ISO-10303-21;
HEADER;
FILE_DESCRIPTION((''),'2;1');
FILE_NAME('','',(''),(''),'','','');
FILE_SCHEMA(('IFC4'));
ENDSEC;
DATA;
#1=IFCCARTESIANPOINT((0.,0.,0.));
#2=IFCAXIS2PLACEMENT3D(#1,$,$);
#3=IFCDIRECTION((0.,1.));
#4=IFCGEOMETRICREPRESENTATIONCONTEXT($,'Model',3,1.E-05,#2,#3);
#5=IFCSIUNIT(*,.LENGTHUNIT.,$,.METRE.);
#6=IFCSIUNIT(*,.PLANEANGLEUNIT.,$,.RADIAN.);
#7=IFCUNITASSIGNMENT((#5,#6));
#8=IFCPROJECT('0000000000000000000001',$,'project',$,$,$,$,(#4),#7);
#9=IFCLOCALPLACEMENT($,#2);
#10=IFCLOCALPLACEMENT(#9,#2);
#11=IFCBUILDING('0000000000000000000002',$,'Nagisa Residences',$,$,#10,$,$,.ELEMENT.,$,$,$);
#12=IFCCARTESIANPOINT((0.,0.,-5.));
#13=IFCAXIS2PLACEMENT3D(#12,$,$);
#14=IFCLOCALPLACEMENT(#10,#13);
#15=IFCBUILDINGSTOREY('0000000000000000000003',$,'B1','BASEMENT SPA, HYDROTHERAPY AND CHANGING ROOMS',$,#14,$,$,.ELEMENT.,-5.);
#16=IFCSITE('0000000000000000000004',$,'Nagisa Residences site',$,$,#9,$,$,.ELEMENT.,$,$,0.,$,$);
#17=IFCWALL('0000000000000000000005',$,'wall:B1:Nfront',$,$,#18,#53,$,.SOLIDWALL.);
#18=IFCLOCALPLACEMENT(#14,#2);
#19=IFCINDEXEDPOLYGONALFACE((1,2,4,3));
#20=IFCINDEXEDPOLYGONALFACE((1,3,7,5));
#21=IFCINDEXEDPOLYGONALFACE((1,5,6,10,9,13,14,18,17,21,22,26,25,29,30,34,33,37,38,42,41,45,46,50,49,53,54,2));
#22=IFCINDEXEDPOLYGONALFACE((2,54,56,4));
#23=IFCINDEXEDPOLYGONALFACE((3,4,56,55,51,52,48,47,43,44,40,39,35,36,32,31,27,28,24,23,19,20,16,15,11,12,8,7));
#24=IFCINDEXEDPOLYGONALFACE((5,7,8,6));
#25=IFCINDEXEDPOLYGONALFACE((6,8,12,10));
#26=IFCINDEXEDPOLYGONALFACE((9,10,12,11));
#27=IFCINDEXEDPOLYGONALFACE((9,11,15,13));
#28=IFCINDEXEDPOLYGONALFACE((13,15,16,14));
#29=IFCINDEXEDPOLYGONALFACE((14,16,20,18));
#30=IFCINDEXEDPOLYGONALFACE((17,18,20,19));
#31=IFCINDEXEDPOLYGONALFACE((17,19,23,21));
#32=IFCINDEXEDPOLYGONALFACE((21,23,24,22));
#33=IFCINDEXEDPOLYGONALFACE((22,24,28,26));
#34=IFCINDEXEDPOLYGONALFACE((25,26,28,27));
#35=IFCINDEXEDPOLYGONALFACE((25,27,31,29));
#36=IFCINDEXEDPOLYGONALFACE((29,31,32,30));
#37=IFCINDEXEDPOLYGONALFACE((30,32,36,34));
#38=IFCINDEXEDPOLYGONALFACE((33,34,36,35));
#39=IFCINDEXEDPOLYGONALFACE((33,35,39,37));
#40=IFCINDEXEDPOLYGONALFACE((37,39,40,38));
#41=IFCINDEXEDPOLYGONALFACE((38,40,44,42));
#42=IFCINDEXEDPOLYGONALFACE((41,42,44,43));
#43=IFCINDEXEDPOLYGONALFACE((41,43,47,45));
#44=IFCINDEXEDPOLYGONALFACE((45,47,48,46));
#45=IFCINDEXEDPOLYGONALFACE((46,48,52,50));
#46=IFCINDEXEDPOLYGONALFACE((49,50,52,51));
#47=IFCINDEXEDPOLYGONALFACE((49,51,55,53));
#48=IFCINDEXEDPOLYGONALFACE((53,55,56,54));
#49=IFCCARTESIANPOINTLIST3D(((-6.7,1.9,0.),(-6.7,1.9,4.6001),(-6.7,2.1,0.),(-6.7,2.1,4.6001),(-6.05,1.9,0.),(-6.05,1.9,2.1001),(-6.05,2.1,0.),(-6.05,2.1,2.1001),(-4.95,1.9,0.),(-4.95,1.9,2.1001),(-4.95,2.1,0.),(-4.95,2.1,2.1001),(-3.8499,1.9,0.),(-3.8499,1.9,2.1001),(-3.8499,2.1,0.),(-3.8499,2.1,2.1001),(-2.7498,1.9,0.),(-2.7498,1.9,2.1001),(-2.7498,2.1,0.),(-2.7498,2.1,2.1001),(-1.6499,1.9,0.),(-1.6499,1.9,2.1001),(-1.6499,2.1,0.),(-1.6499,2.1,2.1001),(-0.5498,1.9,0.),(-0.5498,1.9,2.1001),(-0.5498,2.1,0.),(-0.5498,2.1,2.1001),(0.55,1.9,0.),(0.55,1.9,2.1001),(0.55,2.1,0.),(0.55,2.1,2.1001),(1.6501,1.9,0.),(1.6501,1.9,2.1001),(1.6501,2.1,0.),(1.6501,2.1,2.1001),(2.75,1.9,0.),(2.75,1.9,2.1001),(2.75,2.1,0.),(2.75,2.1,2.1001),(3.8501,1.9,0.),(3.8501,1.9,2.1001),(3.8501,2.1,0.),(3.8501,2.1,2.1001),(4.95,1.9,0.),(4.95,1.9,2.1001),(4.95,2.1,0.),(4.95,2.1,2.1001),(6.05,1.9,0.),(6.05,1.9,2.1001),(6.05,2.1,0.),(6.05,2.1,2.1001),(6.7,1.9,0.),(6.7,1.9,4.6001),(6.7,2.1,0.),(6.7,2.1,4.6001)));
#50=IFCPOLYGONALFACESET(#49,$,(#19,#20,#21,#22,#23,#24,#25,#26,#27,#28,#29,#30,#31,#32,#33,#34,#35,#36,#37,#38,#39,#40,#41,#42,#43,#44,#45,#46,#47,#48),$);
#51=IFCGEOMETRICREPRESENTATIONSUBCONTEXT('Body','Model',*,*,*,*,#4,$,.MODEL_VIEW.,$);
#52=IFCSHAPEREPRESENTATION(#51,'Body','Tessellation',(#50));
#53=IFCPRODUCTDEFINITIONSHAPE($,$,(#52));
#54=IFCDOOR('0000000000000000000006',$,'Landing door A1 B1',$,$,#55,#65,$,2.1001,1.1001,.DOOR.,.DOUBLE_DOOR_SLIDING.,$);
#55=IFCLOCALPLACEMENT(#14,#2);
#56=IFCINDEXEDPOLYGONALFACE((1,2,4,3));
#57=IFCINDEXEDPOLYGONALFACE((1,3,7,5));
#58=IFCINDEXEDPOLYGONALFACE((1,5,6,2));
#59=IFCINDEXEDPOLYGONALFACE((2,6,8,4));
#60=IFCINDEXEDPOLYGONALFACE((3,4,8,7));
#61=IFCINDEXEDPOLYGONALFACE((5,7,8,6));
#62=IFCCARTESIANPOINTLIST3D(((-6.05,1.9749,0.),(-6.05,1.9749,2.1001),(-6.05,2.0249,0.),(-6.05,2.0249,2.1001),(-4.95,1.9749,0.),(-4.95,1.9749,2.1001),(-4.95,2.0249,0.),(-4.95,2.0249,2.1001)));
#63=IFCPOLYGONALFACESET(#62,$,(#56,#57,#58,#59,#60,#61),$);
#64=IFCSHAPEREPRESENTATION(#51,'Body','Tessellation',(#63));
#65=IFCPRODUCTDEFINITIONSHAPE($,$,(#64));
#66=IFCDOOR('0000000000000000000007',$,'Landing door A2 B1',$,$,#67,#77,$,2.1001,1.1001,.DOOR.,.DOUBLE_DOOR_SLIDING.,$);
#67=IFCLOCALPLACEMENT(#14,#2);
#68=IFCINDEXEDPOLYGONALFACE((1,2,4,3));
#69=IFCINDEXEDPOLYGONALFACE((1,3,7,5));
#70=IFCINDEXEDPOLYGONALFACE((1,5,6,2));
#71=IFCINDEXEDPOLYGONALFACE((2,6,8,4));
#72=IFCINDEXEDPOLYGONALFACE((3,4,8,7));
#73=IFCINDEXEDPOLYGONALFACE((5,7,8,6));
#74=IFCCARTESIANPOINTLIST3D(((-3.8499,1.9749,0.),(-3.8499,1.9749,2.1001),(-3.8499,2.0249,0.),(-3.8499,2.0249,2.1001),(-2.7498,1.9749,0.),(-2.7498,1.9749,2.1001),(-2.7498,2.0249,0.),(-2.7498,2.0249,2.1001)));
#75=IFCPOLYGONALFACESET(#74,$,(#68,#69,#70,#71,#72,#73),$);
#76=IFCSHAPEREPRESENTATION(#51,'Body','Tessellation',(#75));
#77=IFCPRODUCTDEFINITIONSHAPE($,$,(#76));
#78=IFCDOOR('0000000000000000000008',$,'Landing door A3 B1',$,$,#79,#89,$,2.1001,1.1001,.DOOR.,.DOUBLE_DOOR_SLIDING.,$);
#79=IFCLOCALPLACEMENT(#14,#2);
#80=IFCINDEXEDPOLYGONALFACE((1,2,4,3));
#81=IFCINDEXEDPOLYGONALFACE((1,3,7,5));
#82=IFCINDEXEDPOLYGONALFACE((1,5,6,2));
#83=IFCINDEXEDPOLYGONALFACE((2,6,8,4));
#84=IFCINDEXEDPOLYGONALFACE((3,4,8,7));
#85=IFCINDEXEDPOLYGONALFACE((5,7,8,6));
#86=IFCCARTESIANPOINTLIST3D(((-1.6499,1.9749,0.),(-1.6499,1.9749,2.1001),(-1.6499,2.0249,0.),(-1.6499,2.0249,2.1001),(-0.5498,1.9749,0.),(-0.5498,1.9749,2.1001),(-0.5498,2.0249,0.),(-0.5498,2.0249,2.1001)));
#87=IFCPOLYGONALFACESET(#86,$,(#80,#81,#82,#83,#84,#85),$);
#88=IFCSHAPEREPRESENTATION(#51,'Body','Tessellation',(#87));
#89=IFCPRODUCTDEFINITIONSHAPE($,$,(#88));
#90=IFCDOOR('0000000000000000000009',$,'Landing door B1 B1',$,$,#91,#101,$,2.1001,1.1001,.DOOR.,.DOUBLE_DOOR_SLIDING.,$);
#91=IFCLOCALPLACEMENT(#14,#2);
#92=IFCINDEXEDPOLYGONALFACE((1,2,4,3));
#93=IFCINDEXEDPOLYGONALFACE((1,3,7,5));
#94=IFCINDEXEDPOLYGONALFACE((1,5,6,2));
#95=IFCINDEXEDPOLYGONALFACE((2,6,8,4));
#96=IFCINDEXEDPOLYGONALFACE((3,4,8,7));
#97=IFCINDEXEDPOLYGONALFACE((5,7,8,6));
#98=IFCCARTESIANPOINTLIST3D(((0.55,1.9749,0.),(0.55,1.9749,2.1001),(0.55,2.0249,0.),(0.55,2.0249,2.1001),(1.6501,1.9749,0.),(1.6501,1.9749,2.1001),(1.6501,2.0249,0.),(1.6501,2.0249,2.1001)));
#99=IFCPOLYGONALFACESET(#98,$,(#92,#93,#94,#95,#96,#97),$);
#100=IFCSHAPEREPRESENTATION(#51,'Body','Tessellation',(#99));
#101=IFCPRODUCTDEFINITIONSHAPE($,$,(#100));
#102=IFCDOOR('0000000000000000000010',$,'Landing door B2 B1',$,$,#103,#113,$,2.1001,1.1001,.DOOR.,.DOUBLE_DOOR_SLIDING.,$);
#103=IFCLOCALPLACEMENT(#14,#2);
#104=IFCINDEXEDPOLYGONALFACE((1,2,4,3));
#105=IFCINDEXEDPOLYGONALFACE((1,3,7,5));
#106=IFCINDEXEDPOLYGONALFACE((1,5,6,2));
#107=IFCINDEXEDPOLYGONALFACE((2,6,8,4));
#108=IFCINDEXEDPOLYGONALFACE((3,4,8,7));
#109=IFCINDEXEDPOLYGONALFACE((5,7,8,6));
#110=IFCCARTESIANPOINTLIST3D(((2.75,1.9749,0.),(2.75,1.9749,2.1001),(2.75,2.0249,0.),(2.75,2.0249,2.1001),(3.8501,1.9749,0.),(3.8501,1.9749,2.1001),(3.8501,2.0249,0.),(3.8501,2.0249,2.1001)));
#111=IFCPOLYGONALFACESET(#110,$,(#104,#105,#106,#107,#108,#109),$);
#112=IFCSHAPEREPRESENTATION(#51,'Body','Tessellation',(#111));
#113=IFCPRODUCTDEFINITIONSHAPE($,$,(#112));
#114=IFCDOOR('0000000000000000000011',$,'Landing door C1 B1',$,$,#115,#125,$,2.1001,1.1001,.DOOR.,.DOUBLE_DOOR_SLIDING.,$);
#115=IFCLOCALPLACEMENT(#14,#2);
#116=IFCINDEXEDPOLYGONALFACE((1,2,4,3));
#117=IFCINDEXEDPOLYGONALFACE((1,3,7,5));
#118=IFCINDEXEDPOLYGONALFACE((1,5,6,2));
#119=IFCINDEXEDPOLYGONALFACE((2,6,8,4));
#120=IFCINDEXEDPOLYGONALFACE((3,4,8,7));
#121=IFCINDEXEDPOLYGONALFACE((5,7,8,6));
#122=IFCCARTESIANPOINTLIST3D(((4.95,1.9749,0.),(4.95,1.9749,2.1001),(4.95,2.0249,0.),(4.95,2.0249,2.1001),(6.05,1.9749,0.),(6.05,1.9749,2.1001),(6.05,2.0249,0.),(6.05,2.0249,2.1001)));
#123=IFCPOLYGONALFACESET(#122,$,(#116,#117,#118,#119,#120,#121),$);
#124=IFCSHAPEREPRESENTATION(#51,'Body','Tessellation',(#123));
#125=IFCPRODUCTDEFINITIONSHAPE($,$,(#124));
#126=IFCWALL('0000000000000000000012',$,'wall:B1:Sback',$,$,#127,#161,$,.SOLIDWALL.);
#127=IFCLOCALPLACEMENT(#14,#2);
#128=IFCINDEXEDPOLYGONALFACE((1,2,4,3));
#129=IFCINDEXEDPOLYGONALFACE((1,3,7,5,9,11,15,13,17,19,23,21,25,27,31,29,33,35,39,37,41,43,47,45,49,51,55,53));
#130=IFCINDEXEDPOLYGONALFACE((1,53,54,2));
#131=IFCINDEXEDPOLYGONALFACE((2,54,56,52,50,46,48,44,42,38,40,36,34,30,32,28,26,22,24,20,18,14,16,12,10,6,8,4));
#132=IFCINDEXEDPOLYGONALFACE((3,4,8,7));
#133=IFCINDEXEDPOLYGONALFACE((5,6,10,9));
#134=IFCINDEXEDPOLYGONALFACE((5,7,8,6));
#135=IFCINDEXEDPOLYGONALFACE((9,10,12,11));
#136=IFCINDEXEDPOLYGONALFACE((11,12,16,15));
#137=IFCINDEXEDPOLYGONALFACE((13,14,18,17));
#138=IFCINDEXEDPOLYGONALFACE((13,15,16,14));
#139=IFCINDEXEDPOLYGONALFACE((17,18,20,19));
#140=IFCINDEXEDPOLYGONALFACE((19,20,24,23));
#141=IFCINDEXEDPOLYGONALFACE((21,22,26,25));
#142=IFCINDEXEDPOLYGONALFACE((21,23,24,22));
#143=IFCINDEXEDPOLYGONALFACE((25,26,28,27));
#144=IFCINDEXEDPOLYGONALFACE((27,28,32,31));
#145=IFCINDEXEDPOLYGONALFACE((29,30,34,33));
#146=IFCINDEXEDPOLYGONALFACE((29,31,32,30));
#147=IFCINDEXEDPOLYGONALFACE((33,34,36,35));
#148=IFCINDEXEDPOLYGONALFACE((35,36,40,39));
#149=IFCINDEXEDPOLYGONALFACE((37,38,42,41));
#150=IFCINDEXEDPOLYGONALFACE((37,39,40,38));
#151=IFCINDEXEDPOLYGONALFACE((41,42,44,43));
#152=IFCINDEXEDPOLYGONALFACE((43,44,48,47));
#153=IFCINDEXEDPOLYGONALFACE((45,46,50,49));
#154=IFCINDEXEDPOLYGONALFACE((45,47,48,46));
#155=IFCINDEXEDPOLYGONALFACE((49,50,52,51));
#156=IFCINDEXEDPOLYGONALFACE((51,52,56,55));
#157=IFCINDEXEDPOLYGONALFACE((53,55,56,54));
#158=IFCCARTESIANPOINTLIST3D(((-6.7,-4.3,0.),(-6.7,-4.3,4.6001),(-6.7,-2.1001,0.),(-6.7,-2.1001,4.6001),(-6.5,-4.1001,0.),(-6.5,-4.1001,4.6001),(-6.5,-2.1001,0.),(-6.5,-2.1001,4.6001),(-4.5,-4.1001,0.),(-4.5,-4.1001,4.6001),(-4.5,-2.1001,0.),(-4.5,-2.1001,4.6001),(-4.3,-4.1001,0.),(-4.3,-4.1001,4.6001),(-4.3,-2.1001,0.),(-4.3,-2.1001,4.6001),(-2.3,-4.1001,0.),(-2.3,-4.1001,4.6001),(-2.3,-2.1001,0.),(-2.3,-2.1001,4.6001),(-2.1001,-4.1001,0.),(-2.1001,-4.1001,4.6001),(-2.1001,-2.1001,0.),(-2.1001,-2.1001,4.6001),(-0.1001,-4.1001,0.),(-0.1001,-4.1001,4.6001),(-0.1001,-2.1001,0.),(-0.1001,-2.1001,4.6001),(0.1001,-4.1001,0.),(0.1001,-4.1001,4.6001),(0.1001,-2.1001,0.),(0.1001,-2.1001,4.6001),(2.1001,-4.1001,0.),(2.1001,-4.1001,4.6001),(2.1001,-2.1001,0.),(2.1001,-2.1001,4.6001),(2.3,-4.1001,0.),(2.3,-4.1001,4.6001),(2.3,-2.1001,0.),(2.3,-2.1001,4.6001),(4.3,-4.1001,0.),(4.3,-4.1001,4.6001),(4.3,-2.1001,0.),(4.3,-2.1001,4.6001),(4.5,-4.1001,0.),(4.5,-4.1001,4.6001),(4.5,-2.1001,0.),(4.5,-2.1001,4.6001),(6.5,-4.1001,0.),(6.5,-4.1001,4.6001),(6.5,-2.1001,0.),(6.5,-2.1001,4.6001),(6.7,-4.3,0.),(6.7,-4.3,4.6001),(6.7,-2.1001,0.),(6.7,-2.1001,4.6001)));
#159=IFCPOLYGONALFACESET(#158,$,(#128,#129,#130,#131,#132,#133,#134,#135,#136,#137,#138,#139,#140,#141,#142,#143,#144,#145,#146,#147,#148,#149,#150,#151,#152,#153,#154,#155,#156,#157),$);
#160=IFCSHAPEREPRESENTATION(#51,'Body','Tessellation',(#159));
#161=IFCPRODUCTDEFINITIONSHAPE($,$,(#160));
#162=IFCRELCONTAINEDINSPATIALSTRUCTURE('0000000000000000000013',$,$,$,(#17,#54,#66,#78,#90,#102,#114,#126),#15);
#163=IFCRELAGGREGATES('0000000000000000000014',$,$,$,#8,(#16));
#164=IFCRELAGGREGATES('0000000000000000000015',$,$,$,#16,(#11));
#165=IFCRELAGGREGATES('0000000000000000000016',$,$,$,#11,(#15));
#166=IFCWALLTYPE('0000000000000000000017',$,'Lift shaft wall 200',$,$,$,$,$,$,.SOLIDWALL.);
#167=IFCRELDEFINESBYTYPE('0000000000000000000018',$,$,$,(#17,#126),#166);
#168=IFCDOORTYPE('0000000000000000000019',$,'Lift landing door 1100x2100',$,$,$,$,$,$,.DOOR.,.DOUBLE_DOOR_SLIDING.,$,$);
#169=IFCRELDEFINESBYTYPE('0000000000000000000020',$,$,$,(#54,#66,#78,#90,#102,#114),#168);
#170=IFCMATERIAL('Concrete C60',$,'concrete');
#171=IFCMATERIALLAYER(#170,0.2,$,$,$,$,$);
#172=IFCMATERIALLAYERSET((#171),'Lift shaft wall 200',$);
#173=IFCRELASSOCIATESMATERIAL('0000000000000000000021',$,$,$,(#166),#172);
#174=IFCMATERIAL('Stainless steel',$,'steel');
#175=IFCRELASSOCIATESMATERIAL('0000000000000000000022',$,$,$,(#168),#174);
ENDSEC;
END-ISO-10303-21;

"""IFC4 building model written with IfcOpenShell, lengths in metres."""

from ifc_helpers import new_model, si_unit, direction, frame, frame_2d, origin, place, context, subcontext, project, spatial, polyline, rectangle, outline, extrude, material, layer, layer_set, type_object, element, fill, save


model = new_model("IFC4")

# Units and contexts
model_context = context("Model", 3, precision=1e-05, world=origin(), true_north=direction((0.0, 1.0)))
body_context = subcontext(model_context, "Body", "Model", "MODEL_VIEW")
ifc_project = project(units=[si_unit("LENGTHUNIT", "METRE"), si_unit("PLANEANGLEUNIT", "RADIAN")], contexts=[model_context])

# Site, building, storey
site_placement = place(None, origin())
site = spatial("IfcSite", under=ifc_project, at=site_placement, Name="Nagisa Residences site", CompositionType="ELEMENT", RefElevation=0.0)
building_placement = place(site_placement, origin())
building = spatial("IfcBuilding", under=site, at=building_placement, Name="Nagisa Residences", CompositionType="ELEMENT")
storey_placement = place(building_placement, frame((0.0, 0.0, -5.0)))
storey = spatial("IfcBuildingStorey", under=building, at=storey_placement, Name="B1", Description="BASEMENT SPA, HYDROTHERAPY AND CHANGING ROOMS", CompositionType="ELEMENT", Elevation=-5.0)

# Wall, openings, doors
ifc_material_1 = material(Name="Concrete C60", Category="concrete")
ifc_layer_1 = layer(ifc_material_1, 0.2)
ifc_layer_set_1 = layer_set([ifc_layer_1], Name="Lift shaft wall 200")
wall_type_1 = type_object("IfcWallType", Name="Lift shaft wall 200", PredefinedType="SOLIDWALL", material=ifc_layer_set_1)
wall_1_placement = place(storey_placement, frame((-6.7, 2.0, 0.0), z_axis=(0.0, 0.0, 1.0), x_axis=(1.0, 0.0, 0.0)))
wall_1 = element("IfcWall", 1, at=wall_1_placement, inside=storey, type_object=wall_type_1, Name="wall:B1:Nfront", PredefinedType="SOLIDWALL", context=body_context, shape_type="SweptSolid", body=[
    extrude(rectangle(XDim=13.3999, YDim=0.2, at=frame_2d((6.7, 0.0))), origin(), (0.0, 0.0, 1.0), 4.6001),
])
opening_1_placement = place(wall_1_placement, frame((0.6499, 0.0, 0.0)))
opening_1 = element("IfcOpeningElement", 2, at=opening_1_placement, cuts=wall_1, PredefinedType="OPENING", context=body_context, shape_type="SweptSolid", body=[
    extrude(rectangle(XDim=1.1001, YDim=2.1001, at=frame_2d((0.55, 1.05))), frame((0.0, 0.1099, 0.0), z_axis=(0.0, -1.0, 0.0), x_axis=(1.0, 0.0, 0.0)), (0.0, 0.0, 1.0), 0.22),
])
opening_2_placement = place(wall_1_placement, frame((2.8501, 0.0, 0.0)))
opening_2 = element("IfcOpeningElement", 3, at=opening_2_placement, cuts=wall_1, PredefinedType="OPENING", context=body_context, shape_type="SweptSolid", body=[
    extrude(rectangle(XDim=1.1001, YDim=2.1001, at=frame_2d((0.55, 1.05))), frame((0.0, 0.1099, 0.0), z_axis=(0.0, -1.0, 0.0), x_axis=(1.0, 0.0, 0.0)), (0.0, 0.0, 1.0), 0.22),
])
opening_3_placement = place(wall_1_placement, frame((5.05, 0.0, 0.0)))
opening_3 = element("IfcOpeningElement", 4, at=opening_3_placement, cuts=wall_1, PredefinedType="OPENING", context=body_context, shape_type="SweptSolid", body=[
    extrude(rectangle(XDim=1.1001, YDim=2.1001, at=frame_2d((0.55, 1.05))), frame((0.0, 0.1099, 0.0), z_axis=(0.0, -1.0, 0.0), x_axis=(1.0, 0.0, 0.0)), (0.0, 0.0, 1.0), 0.22),
])
opening_4_placement = place(wall_1_placement, frame((7.25, 0.0, 0.0)))
opening_4 = element("IfcOpeningElement", 5, at=opening_4_placement, cuts=wall_1, PredefinedType="OPENING", context=body_context, shape_type="SweptSolid", body=[
    extrude(rectangle(XDim=1.1001, YDim=2.1001, at=frame_2d((0.55, 1.05))), frame((0.0, 0.1099, 0.0), z_axis=(0.0, -1.0, 0.0), x_axis=(1.0, 0.0, 0.0)), (0.0, 0.0, 1.0), 0.22),
])
opening_5_placement = place(wall_1_placement, frame((9.45, 0.0, 0.0)))
opening_5 = element("IfcOpeningElement", 6, at=opening_5_placement, cuts=wall_1, PredefinedType="OPENING", context=body_context, shape_type="SweptSolid", body=[
    extrude(rectangle(XDim=1.1001, YDim=2.1001, at=frame_2d((0.55, 1.05))), frame((0.0, 0.1099, 0.0), z_axis=(0.0, -1.0, 0.0), x_axis=(1.0, 0.0, 0.0)), (0.0, 0.0, 1.0), 0.22),
])
opening_6_placement = place(wall_1_placement, frame((11.6499, 0.0, 0.0)))
opening_6 = element("IfcOpeningElement", 7, at=opening_6_placement, cuts=wall_1, PredefinedType="OPENING", context=body_context, shape_type="SweptSolid", body=[
    extrude(rectangle(XDim=1.1001, YDim=2.1001, at=frame_2d((0.55, 1.05))), frame((0.0, 0.1099, 0.0), z_axis=(0.0, -1.0, 0.0), x_axis=(1.0, 0.0, 0.0)), (0.0, 0.0, 1.0), 0.22),
])
ifc_material_2 = material(Name="Stainless steel", Category="steel")
door_type_1 = type_object("IfcDoorType", Name="Lift landing door 1100x2100", OperationType="DOUBLE_DOOR_SLIDING", PredefinedType="DOOR", material=ifc_material_2)
door_1_placement = place(opening_1_placement, origin())
door_1 = element("IfcDoor", 8, at=door_1_placement, inside=storey, type_object=door_type_1, Name="Landing door A1 B1", OperationType="DOUBLE_DOOR_SLIDING", OverallHeight=2.1001, OverallWidth=1.1001, PredefinedType="DOOR", context=body_context, shape_type="SweptSolid", body=[
    extrude(rectangle(XDim=1.1001, YDim=2.1001, at=frame_2d((0.55, 1.05))), frame((0.0, 0.0249, 0.0), z_axis=(0.0, -1.0, 0.0), x_axis=(1.0, 0.0, 0.0)), (0.0, 0.0, 1.0), 0.05),
])
fill(opening_1, door_1)
door_2_placement = place(opening_2_placement, origin())
door_2 = element("IfcDoor", 9, at=door_2_placement, inside=storey, type_object=door_type_1, Name="Landing door A2 B1", OperationType="DOUBLE_DOOR_SLIDING", OverallHeight=2.1001, OverallWidth=1.1001, PredefinedType="DOOR", context=body_context, shape_type="SweptSolid", body=[
    extrude(rectangle(XDim=1.1001, YDim=2.1001, at=frame_2d((0.55, 1.05))), frame((0.0, 0.0249, 0.0), z_axis=(0.0, -1.0, 0.0), x_axis=(1.0, 0.0, 0.0)), (0.0, 0.0, 1.0), 0.05),
])
fill(opening_2, door_2)
door_3_placement = place(opening_3_placement, origin())
door_3 = element("IfcDoor", 10, at=door_3_placement, inside=storey, type_object=door_type_1, Name="Landing door A3 B1", OperationType="DOUBLE_DOOR_SLIDING", OverallHeight=2.1001, OverallWidth=1.1001, PredefinedType="DOOR", context=body_context, shape_type="SweptSolid", body=[
    extrude(rectangle(XDim=1.1001, YDim=2.1001, at=frame_2d((0.55, 1.05))), frame((0.0, 0.0249, 0.0), z_axis=(0.0, -1.0, 0.0), x_axis=(1.0, 0.0, 0.0)), (0.0, 0.0, 1.0), 0.05),
])
fill(opening_3, door_3)
door_4_placement = place(opening_4_placement, origin())
door_4 = element("IfcDoor", 11, at=door_4_placement, inside=storey, type_object=door_type_1, Name="Landing door B1 B1", OperationType="DOUBLE_DOOR_SLIDING", OverallHeight=2.1001, OverallWidth=1.1001, PredefinedType="DOOR", context=body_context, shape_type="SweptSolid", body=[
    extrude(rectangle(XDim=1.1001, YDim=2.1001, at=frame_2d((0.55, 1.05))), frame((0.0, 0.0249, 0.0), z_axis=(0.0, -1.0, 0.0), x_axis=(1.0, 0.0, 0.0)), (0.0, 0.0, 1.0), 0.05),
])
fill(opening_4, door_4)
door_5_placement = place(opening_5_placement, origin())
door_5 = element("IfcDoor", 12, at=door_5_placement, inside=storey, type_object=door_type_1, Name="Landing door B2 B1", OperationType="DOUBLE_DOOR_SLIDING", OverallHeight=2.1001, OverallWidth=1.1001, PredefinedType="DOOR", context=body_context, shape_type="SweptSolid", body=[
    extrude(rectangle(XDim=1.1001, YDim=2.1001, at=frame_2d((0.55, 1.05))), frame((0.0, 0.0249, 0.0), z_axis=(0.0, -1.0, 0.0), x_axis=(1.0, 0.0, 0.0)), (0.0, 0.0, 1.0), 0.05),
])
fill(opening_5, door_5)
door_6_placement = place(opening_6_placement, origin())
door_6 = element("IfcDoor", 13, at=door_6_placement, inside=storey, type_object=door_type_1, Name="Landing door C1 B1", OperationType="DOUBLE_DOOR_SLIDING", OverallHeight=2.1001, OverallWidth=1.1001, PredefinedType="DOOR", context=body_context, shape_type="SweptSolid", body=[
    extrude(rectangle(XDim=1.1001, YDim=2.1001, at=frame_2d((0.55, 1.05))), frame((0.0, 0.0249, 0.0), z_axis=(0.0, -1.0, 0.0), x_axis=(1.0, 0.0, 0.0)), (0.0, 0.0, 1.0), 0.05),
])
fill(opening_6, door_6)

# Wall
wall_2_placement = place(storey_placement, origin())
element("IfcWall", 14, at=wall_2_placement, inside=storey, type_object=wall_type_1, Name="wall:B1:Sback", PredefinedType="SOLIDWALL", context=body_context, shape_type="SweptSolid", body=[
    extrude(outline(polyline([(-6.7, -2.1001), (-6.5, -2.1001), (-6.5, -4.1001), (-4.5, -4.1001), (-4.5, -2.1001), (-4.3, -2.1001), (-4.3, -4.1001), (-2.3, -4.1001), (-2.3, -2.1001), (-2.1001, -2.1001), (-2.1001, -4.1001), (-0.1001, -4.1001), (-0.1001, -2.1001), (0.1001, -2.1001), (0.1001, -4.1001), (2.1001, -4.1001), (2.1001, -2.1001), (2.3, -2.1001), (2.3, -4.1001), (4.3, -4.1001), (4.3, -2.1001), (4.5, -2.1001), (4.5, -4.1001), (6.5, -4.1001), (6.5, -2.1001), (6.7, -2.1001), (6.7, -4.3), (-6.7, -4.3), (-6.7, -2.1001)])), origin(), (0.0, 0.0, 1.0), 4.6001),
])

save(model, "model.ifc")
